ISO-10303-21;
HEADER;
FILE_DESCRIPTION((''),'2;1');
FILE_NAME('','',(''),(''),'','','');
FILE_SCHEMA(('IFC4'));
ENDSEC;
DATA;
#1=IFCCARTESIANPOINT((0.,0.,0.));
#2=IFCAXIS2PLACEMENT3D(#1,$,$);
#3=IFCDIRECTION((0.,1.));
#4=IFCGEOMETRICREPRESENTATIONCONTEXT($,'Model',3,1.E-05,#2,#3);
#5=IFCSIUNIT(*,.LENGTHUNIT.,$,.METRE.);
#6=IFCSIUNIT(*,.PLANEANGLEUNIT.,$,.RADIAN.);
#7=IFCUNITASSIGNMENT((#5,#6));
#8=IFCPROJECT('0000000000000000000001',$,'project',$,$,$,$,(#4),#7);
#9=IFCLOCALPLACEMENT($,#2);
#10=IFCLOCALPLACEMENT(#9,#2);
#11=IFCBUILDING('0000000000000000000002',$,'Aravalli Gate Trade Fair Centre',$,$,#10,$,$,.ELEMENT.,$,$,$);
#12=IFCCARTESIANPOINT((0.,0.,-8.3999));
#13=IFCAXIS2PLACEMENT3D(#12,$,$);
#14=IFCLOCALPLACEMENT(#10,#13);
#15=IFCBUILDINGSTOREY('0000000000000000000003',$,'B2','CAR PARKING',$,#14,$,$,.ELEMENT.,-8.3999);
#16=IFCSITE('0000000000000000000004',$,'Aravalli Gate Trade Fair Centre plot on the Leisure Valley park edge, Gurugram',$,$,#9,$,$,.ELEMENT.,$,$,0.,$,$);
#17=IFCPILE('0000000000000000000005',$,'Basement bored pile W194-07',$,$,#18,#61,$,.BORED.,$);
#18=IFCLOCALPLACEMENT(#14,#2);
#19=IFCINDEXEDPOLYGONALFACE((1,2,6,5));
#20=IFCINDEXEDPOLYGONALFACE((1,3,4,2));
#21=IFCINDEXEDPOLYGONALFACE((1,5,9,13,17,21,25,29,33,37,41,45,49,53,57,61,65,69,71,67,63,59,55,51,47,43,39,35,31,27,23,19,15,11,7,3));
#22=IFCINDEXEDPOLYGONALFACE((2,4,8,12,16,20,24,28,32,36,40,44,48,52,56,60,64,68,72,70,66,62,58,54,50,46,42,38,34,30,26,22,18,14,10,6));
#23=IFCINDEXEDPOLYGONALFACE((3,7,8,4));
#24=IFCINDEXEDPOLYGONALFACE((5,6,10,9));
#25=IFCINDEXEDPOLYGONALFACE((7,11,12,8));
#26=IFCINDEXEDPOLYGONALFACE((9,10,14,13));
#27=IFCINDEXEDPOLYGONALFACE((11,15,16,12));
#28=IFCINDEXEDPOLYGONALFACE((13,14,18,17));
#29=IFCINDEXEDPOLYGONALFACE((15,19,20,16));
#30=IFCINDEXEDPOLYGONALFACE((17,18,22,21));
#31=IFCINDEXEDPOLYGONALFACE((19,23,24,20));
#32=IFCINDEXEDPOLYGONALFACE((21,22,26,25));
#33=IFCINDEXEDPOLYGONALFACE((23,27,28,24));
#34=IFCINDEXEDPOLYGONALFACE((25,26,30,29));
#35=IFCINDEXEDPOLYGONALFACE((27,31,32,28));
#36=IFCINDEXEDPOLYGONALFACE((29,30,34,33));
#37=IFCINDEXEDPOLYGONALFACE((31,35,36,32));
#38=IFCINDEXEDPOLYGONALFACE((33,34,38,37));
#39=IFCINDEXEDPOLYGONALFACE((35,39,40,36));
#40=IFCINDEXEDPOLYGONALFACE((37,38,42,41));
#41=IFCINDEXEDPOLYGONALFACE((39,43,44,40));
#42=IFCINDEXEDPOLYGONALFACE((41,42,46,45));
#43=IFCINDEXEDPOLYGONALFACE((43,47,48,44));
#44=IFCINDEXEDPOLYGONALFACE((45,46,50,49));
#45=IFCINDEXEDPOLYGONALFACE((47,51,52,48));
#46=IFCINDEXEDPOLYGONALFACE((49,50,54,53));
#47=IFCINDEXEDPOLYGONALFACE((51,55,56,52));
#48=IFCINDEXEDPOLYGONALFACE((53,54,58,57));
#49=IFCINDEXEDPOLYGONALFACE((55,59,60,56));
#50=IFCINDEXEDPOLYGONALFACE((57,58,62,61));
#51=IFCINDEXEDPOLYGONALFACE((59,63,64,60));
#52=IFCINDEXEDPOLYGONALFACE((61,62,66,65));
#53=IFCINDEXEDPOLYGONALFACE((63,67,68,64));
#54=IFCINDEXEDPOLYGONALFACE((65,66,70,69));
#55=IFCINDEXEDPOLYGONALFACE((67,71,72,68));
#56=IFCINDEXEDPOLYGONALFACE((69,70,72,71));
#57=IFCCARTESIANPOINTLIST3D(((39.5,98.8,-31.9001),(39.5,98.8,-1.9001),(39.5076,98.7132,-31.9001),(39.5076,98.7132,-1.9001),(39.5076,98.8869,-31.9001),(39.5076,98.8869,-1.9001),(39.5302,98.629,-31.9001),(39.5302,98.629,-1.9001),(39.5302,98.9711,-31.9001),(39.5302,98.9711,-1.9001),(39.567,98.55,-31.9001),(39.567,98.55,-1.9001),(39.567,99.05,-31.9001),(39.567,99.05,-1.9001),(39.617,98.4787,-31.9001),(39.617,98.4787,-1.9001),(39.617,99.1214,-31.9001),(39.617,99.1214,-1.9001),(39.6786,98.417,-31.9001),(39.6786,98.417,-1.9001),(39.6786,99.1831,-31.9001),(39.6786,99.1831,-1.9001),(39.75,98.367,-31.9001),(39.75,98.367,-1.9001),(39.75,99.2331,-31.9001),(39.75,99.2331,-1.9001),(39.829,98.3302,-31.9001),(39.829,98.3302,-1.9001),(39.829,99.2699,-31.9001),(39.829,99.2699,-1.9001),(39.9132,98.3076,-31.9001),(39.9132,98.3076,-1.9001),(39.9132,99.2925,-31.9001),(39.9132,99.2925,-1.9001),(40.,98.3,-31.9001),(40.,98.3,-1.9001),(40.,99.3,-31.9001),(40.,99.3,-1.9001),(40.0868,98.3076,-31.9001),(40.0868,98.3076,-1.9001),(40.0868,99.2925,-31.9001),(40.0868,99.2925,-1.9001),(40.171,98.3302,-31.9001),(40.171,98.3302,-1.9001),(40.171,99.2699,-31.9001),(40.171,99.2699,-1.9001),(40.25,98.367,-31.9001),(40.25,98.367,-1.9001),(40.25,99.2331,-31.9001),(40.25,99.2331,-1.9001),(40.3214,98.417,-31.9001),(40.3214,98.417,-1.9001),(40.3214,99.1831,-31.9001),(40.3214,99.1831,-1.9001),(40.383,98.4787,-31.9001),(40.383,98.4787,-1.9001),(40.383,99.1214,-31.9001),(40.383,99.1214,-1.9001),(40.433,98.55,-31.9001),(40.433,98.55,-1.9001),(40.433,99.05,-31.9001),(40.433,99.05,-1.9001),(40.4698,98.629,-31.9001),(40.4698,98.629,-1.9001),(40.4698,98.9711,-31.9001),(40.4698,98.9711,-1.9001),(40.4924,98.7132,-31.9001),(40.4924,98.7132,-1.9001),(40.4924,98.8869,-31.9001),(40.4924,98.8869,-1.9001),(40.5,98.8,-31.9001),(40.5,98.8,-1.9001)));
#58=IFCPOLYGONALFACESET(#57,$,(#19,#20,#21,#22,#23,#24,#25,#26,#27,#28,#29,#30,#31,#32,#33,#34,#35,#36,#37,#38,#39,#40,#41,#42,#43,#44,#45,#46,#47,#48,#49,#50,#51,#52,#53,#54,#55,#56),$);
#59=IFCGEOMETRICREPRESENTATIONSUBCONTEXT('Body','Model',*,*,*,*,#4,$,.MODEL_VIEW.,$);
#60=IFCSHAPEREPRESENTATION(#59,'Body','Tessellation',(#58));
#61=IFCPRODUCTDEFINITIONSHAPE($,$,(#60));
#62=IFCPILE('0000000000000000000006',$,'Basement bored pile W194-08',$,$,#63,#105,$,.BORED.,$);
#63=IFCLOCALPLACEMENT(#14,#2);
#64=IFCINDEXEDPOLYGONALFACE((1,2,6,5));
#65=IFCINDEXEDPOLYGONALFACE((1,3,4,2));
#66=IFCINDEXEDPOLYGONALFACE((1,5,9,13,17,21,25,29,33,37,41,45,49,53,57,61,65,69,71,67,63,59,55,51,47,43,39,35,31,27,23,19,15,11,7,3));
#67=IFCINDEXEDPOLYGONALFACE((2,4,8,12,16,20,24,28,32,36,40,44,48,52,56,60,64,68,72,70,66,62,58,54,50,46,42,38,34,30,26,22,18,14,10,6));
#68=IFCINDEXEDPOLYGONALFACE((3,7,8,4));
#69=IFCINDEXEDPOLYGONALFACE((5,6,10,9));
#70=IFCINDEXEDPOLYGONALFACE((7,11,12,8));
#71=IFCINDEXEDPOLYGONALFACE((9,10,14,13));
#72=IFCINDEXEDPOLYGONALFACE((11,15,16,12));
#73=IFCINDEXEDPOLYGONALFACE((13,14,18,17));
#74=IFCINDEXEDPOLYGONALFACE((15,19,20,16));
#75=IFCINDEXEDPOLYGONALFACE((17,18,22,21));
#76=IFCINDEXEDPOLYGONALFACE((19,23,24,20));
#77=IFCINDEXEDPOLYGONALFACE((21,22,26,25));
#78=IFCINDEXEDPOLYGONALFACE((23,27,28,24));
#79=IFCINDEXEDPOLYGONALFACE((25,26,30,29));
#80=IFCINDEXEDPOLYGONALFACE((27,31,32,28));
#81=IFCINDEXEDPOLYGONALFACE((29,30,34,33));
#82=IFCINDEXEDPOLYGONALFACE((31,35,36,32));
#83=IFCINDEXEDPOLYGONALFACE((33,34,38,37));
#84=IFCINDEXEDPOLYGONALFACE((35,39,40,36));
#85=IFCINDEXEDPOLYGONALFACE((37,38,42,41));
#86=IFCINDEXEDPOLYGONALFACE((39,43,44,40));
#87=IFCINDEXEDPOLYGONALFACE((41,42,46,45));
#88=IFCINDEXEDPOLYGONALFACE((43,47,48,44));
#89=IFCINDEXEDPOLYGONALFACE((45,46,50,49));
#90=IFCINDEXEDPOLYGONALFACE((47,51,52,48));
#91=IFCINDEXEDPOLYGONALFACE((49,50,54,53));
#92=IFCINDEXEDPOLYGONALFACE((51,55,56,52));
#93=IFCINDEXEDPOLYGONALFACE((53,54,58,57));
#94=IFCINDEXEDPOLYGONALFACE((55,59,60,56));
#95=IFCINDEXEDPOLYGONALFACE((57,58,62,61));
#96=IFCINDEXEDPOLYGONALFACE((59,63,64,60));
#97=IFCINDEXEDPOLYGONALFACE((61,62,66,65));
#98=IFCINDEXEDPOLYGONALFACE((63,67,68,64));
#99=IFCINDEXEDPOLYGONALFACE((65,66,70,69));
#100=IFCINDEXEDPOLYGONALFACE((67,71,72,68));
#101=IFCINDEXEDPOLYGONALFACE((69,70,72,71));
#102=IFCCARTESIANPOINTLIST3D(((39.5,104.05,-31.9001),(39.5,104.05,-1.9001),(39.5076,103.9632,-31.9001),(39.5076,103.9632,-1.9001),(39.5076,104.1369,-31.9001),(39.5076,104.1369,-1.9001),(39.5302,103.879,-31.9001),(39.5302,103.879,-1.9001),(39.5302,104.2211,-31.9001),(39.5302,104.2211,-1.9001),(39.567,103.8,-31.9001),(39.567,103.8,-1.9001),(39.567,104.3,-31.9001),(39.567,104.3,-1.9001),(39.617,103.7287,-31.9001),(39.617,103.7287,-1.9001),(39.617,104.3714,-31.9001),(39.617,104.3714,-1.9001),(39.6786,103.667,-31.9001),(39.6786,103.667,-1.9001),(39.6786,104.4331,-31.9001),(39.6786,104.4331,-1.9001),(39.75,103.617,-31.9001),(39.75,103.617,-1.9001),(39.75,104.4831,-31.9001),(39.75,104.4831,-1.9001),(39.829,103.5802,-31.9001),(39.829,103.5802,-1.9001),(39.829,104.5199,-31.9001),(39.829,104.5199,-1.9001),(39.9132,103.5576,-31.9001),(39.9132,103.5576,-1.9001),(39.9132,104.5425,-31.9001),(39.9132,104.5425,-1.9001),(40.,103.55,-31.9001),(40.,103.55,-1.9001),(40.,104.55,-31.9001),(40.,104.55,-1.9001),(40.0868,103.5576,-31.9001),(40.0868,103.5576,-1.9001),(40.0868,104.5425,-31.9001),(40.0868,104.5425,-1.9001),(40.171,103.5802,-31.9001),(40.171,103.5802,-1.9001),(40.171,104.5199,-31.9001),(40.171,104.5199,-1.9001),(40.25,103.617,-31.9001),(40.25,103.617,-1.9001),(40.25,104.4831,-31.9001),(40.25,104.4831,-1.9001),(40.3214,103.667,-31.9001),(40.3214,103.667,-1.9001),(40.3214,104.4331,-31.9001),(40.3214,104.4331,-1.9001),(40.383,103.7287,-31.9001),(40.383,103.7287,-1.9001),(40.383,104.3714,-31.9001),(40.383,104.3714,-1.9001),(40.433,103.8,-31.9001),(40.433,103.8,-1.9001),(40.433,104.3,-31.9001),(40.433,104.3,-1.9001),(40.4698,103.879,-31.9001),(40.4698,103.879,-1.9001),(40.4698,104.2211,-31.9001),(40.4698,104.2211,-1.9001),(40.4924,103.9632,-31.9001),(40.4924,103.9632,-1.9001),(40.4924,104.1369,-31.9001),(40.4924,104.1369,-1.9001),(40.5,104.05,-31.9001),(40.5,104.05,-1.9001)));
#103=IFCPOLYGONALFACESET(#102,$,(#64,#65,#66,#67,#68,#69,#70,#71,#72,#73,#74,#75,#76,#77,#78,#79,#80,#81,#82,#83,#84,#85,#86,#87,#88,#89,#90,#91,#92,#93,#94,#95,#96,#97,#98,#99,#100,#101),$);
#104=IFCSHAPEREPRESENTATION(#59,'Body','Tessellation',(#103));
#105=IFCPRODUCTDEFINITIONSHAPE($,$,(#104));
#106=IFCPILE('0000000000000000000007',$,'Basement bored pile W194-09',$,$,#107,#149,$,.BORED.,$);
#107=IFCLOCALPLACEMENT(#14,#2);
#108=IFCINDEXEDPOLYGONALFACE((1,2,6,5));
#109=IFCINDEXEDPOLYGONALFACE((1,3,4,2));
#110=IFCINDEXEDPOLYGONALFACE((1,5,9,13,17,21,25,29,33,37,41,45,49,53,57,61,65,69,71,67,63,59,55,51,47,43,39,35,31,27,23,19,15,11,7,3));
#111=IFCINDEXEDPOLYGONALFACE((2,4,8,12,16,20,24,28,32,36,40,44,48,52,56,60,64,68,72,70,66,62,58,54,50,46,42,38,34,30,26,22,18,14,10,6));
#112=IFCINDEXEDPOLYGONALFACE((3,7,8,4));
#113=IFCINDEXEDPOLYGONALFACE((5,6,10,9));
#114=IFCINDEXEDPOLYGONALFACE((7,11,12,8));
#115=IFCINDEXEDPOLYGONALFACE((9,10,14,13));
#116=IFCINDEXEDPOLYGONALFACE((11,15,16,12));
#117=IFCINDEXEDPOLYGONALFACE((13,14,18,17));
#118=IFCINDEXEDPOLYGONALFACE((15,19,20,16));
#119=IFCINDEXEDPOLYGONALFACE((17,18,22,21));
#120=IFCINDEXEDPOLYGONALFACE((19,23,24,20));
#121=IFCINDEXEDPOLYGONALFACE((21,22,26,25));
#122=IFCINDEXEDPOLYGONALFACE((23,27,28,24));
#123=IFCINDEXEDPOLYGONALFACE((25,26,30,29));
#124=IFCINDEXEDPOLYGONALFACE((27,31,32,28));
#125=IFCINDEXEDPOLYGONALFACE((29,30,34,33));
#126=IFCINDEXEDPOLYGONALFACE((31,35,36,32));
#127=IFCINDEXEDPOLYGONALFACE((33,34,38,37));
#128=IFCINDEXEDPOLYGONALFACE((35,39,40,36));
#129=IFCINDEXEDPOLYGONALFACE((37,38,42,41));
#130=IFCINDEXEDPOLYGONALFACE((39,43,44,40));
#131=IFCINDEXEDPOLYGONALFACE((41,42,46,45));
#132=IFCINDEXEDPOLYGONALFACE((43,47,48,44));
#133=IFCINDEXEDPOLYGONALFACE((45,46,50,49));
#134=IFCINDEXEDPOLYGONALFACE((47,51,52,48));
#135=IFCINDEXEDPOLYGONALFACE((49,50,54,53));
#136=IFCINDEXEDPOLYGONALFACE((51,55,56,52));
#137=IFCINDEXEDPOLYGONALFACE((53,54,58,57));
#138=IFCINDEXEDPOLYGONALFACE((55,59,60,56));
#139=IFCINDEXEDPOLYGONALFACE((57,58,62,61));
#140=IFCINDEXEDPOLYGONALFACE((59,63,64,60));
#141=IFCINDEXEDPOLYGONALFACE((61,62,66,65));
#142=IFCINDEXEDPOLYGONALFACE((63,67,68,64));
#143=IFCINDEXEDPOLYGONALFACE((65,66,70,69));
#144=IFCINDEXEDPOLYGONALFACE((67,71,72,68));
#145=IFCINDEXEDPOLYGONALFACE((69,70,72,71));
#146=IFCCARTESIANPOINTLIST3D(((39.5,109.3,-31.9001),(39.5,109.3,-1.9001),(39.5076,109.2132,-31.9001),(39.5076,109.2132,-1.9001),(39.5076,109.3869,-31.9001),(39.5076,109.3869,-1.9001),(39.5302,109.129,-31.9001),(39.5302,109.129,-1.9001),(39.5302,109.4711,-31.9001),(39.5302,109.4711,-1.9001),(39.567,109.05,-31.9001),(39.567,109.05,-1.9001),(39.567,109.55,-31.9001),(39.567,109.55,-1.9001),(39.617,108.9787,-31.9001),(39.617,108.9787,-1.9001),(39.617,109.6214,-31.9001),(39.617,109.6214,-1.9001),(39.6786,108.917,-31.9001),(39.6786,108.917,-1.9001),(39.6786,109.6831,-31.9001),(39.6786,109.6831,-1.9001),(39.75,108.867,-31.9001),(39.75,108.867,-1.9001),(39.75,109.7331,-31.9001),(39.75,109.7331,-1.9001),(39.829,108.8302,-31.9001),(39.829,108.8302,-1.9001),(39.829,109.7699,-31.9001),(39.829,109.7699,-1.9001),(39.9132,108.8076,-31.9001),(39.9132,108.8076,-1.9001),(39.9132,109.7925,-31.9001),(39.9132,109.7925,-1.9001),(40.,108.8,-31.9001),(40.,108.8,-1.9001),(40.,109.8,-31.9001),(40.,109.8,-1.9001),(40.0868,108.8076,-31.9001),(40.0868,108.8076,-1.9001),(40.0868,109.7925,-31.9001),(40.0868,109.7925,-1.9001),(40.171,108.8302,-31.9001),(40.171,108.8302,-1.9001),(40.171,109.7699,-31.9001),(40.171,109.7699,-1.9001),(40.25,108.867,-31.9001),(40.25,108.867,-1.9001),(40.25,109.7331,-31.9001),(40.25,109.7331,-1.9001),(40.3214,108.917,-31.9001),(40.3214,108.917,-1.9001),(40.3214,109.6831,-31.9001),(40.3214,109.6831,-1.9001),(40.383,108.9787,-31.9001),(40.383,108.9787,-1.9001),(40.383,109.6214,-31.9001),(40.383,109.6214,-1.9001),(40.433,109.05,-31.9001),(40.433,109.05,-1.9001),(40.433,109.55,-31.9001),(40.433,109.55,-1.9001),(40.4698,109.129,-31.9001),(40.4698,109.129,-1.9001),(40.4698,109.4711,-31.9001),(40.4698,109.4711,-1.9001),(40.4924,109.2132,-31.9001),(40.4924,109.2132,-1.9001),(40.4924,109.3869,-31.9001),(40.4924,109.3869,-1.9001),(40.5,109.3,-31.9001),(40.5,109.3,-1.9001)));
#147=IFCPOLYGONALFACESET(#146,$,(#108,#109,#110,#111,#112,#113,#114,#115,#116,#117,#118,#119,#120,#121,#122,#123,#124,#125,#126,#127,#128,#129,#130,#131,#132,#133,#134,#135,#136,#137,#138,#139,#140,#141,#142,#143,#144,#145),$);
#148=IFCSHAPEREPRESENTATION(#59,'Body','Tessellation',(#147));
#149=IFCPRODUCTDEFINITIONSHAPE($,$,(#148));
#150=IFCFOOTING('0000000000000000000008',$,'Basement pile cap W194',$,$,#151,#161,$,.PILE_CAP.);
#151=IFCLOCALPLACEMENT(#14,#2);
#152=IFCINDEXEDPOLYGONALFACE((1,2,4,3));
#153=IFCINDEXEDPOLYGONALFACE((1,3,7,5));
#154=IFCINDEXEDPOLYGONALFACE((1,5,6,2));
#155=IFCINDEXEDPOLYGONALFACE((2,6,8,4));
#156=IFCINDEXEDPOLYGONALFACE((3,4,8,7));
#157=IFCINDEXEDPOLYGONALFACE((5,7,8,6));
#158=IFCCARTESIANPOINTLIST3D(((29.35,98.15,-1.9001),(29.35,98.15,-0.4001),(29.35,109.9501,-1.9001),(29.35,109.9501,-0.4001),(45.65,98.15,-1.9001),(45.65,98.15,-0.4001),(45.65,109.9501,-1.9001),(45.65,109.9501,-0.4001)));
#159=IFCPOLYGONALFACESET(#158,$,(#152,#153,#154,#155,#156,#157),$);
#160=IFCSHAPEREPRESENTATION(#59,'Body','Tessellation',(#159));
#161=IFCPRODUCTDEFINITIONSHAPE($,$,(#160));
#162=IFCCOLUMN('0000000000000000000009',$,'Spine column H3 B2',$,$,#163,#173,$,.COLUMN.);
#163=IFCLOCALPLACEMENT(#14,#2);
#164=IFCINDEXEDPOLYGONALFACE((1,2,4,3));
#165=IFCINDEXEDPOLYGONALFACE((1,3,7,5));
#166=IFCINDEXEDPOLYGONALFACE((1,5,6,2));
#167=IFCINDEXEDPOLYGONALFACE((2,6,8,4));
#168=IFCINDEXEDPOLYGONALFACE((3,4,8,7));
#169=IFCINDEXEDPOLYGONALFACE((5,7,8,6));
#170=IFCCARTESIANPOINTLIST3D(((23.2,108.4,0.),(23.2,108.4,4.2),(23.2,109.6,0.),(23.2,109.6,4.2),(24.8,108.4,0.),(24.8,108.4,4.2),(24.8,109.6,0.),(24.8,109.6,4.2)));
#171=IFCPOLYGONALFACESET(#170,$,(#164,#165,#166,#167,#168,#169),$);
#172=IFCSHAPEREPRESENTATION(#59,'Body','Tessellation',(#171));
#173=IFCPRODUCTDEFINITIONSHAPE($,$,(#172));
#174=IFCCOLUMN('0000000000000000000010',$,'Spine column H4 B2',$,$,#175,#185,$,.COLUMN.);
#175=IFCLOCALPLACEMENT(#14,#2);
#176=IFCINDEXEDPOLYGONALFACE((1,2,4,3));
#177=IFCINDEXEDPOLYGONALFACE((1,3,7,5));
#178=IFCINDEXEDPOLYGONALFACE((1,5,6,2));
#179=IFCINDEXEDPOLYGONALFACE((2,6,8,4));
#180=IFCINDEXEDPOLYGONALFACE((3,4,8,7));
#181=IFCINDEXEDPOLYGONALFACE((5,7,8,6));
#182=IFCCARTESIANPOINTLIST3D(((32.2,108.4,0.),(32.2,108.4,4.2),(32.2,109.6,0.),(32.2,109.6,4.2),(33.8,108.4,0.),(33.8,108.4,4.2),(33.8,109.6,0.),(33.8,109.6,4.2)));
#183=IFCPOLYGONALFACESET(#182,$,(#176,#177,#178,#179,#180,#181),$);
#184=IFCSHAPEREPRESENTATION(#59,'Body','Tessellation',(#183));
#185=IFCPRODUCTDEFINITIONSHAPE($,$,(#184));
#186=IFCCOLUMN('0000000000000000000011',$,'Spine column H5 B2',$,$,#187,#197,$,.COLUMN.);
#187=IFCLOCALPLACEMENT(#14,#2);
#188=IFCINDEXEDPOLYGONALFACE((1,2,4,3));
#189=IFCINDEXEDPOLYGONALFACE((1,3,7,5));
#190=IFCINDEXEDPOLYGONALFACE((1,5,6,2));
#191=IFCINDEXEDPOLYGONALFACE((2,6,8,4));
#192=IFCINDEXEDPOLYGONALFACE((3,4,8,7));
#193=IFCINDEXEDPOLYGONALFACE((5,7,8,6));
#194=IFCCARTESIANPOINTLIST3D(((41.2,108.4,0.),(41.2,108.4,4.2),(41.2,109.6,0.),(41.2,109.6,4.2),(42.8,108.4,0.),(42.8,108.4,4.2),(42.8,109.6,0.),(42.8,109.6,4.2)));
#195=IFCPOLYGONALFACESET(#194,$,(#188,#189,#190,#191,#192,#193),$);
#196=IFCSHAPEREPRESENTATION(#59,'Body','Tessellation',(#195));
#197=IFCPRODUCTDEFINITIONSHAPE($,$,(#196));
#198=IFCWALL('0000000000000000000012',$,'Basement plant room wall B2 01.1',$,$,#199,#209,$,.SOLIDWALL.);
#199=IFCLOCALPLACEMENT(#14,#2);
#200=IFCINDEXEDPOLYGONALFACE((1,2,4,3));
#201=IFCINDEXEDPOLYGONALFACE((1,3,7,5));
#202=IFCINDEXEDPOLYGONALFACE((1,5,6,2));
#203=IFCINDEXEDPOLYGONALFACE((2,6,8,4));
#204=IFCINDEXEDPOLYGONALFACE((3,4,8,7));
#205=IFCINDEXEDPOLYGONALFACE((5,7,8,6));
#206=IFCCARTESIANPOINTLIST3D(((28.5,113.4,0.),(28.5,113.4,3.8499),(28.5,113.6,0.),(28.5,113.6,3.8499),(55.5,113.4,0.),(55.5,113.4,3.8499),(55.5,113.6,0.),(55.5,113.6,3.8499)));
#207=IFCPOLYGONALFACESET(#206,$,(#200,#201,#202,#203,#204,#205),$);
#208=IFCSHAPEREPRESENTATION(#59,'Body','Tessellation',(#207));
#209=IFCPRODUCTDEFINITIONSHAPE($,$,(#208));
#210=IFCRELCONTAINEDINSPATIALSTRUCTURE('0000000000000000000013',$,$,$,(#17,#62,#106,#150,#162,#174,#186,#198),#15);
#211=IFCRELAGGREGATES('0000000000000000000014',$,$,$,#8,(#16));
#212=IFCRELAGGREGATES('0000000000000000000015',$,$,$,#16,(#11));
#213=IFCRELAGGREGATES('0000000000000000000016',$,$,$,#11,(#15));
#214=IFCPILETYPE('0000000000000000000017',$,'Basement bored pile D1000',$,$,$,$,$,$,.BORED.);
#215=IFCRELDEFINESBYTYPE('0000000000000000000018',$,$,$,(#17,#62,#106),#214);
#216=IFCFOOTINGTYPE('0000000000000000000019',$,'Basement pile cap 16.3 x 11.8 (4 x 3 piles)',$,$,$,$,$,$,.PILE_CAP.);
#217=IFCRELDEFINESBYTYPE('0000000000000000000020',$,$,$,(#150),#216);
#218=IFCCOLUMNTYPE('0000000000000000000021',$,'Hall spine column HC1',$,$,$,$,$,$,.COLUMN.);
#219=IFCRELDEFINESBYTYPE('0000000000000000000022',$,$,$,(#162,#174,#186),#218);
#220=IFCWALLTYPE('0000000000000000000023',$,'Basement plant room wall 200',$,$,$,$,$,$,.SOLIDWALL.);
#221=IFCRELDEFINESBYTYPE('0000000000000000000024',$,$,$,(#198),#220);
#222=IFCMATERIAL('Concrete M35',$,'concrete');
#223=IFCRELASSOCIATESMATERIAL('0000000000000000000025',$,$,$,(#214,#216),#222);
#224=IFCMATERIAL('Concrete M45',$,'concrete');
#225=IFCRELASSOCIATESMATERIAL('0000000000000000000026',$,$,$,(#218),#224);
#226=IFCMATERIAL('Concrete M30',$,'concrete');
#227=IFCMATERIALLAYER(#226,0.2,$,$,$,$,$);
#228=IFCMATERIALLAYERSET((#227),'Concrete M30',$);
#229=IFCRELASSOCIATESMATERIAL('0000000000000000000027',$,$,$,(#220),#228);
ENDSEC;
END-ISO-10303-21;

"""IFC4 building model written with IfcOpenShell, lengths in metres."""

from ifc_helpers import new_model, si_unit, direction, frame, frame_2d, origin, origin_2d, place, context, subcontext, project, spatial, rectangle, circle, extrude, material, layer, layer_set, material_profile, profile_set, type_object, element, save


model = new_model("IFC4")

# Units and contexts
model_context = context("Model", 3, precision=1e-05, world=origin(), true_north=direction((0.0, 1.0)))
body_context = subcontext(model_context, "Body", "Model", "MODEL_VIEW")
ifc_project = project(units=[si_unit("LENGTHUNIT", "METRE"), si_unit("PLANEANGLEUNIT", "RADIAN")], contexts=[model_context])

# Site, building, storey
site_placement = place(None, origin())
site = spatial("IfcSite", under=ifc_project, at=site_placement, Name="Aravalli Gate Trade Fair Centre plot on the Leisure Valley park edge, Gurugram", CompositionType="ELEMENT", RefElevation=0.0)
building_placement = place(site_placement, origin())
building = spatial("IfcBuilding", under=site, at=building_placement, Name="Aravalli Gate Trade Fair Centre", CompositionType="ELEMENT")
storey_placement = place(building_placement, frame((0.0, 0.0, -8.3999)))
storey = spatial("IfcBuildingStorey", under=building, at=storey_placement, Name="B2", Description="CAR PARKING", CompositionType="ELEMENT", Elevation=-8.3999)

# Piles
ifc_material_1 = material(Name="Concrete M35", Category="concrete")
ifc_material_profile_1 = material_profile(ifc_material_1, circle(Radius=0.5, at=origin_2d()), Name="D1000")
ifc_profile_set_1 = profile_set([ifc_material_profile_1], Name="Concrete M35")
pile_type = type_object("IfcPileType", Name="Basement bored pile D1000", PredefinedType="BORED", material=ifc_profile_set_1)
for number, where, z_axis, x_axis, name in (
    (1, (40.0, 98.8, -1.9001), (0.0, 0.0, -1.0), (1.0, 0.0, 0.0), "Basement bored pile W194-07"),
    (2, (40.0, 104.05, -1.9001), (0.0, 0.0, -1.0), (1.0, 0.0, 0.0), "Basement bored pile W194-08"),
    (3, (40.0, 109.3, -1.9001), (0.0, 0.0, -1.0), (1.0, 0.0, 0.0), "Basement bored pile W194-09"),
):
    element("IfcPile", number, at=place(storey_placement, frame(where, z_axis=z_axis, x_axis=x_axis)), inside=storey, type_object=pile_type, Name=name, PredefinedType="BORED", context=body_context, shape_type="SweptSolid", body=[
        extrude(circle(Radius=0.5, at=origin_2d()), origin(), (0.0, 0.0, 1.0), 30.0),
    ])

# Footing
footing_type = type_object("IfcFootingType", Name="Basement pile cap 16.3 x 11.8 (4 x 3 piles)", PredefinedType="PILE_CAP", material=ifc_material_1)
footing_placement = place(storey_placement, frame((37.5, 104.05, -1.9001), z_axis=(0.0, 0.0, 1.0), x_axis=(1.0, 0.0, 0.0)))
element("IfcFooting", 4, at=footing_placement, inside=storey, type_object=footing_type, Name="Basement pile cap W194", PredefinedType="PILE_CAP", context=body_context, shape_type="SweptSolid", body=[
    extrude(rectangle(XDim=16.3, YDim=11.8, at=origin_2d()), origin(), (0.0, 0.0, 1.0), 1.5),
])

# Columns
ifc_material_2 = material(Name="Concrete M45", Category="concrete")
ifc_material_profile_2 = material_profile(ifc_material_2, rectangle(XDim=1.6001, YDim=1.2, at=origin_2d()), Name="RC 1600x1200")
ifc_profile_set_2 = profile_set([ifc_material_profile_2], Name="Concrete M45")
column_type = type_object("IfcColumnType", Name="Hall spine column HC1", PredefinedType="COLUMN", material=ifc_profile_set_2)
for number, where, z_axis, x_axis, name in (
    (5, (24.0, 109.0, 0.0), (0.0, 0.0, 1.0), (1.0, 0.0, 0.0), "Spine column H3 B2"),
    (6, (33.0, 109.0, 0.0), (0.0, 0.0, 1.0), (1.0, 0.0, 0.0), "Spine column H4 B2"),
    (7, (42.0, 109.0, 0.0), (0.0, 0.0, 1.0), (1.0, 0.0, 0.0), "Spine column H5 B2"),
):
    element("IfcColumn", number, at=place(storey_placement, frame(where, z_axis=z_axis, x_axis=x_axis)), inside=storey, type_object=column_type, Name=name, PredefinedType="COLUMN", context=body_context, shape_type="SweptSolid", body=[
        extrude(rectangle(XDim=1.6001, YDim=1.2, at=origin_2d()), origin(), (0.0, 0.0, 1.0), 4.2),
    ])

# Wall
ifc_material_3 = material(Name="Concrete M30", Category="concrete")
ifc_layer_1 = layer(ifc_material_3, 0.2)
ifc_layer_set_1 = layer_set([ifc_layer_1], Name="Concrete M30")
wall_type_1 = type_object("IfcWallType", Name="Basement plant room wall 200", PredefinedType="SOLIDWALL", material=ifc_layer_set_1)
wall_1_placement = place(storey_placement, frame((28.5, 113.5, 0.0), z_axis=(0.0, 0.0, 1.0), x_axis=(1.0, 0.0, 0.0)))
element("IfcWall", 8, at=wall_1_placement, inside=storey, type_object=wall_type_1, Name="Basement plant room wall B2 01.1", PredefinedType="SOLIDWALL", context=body_context, shape_type="SweptSolid", body=[
    extrude(rectangle(XDim=27.0, YDim=0.2, at=frame_2d((13.5, 0.0))), origin(), (0.0, 0.0, 1.0), 3.8499),
])

save(model, "model.ifc")
